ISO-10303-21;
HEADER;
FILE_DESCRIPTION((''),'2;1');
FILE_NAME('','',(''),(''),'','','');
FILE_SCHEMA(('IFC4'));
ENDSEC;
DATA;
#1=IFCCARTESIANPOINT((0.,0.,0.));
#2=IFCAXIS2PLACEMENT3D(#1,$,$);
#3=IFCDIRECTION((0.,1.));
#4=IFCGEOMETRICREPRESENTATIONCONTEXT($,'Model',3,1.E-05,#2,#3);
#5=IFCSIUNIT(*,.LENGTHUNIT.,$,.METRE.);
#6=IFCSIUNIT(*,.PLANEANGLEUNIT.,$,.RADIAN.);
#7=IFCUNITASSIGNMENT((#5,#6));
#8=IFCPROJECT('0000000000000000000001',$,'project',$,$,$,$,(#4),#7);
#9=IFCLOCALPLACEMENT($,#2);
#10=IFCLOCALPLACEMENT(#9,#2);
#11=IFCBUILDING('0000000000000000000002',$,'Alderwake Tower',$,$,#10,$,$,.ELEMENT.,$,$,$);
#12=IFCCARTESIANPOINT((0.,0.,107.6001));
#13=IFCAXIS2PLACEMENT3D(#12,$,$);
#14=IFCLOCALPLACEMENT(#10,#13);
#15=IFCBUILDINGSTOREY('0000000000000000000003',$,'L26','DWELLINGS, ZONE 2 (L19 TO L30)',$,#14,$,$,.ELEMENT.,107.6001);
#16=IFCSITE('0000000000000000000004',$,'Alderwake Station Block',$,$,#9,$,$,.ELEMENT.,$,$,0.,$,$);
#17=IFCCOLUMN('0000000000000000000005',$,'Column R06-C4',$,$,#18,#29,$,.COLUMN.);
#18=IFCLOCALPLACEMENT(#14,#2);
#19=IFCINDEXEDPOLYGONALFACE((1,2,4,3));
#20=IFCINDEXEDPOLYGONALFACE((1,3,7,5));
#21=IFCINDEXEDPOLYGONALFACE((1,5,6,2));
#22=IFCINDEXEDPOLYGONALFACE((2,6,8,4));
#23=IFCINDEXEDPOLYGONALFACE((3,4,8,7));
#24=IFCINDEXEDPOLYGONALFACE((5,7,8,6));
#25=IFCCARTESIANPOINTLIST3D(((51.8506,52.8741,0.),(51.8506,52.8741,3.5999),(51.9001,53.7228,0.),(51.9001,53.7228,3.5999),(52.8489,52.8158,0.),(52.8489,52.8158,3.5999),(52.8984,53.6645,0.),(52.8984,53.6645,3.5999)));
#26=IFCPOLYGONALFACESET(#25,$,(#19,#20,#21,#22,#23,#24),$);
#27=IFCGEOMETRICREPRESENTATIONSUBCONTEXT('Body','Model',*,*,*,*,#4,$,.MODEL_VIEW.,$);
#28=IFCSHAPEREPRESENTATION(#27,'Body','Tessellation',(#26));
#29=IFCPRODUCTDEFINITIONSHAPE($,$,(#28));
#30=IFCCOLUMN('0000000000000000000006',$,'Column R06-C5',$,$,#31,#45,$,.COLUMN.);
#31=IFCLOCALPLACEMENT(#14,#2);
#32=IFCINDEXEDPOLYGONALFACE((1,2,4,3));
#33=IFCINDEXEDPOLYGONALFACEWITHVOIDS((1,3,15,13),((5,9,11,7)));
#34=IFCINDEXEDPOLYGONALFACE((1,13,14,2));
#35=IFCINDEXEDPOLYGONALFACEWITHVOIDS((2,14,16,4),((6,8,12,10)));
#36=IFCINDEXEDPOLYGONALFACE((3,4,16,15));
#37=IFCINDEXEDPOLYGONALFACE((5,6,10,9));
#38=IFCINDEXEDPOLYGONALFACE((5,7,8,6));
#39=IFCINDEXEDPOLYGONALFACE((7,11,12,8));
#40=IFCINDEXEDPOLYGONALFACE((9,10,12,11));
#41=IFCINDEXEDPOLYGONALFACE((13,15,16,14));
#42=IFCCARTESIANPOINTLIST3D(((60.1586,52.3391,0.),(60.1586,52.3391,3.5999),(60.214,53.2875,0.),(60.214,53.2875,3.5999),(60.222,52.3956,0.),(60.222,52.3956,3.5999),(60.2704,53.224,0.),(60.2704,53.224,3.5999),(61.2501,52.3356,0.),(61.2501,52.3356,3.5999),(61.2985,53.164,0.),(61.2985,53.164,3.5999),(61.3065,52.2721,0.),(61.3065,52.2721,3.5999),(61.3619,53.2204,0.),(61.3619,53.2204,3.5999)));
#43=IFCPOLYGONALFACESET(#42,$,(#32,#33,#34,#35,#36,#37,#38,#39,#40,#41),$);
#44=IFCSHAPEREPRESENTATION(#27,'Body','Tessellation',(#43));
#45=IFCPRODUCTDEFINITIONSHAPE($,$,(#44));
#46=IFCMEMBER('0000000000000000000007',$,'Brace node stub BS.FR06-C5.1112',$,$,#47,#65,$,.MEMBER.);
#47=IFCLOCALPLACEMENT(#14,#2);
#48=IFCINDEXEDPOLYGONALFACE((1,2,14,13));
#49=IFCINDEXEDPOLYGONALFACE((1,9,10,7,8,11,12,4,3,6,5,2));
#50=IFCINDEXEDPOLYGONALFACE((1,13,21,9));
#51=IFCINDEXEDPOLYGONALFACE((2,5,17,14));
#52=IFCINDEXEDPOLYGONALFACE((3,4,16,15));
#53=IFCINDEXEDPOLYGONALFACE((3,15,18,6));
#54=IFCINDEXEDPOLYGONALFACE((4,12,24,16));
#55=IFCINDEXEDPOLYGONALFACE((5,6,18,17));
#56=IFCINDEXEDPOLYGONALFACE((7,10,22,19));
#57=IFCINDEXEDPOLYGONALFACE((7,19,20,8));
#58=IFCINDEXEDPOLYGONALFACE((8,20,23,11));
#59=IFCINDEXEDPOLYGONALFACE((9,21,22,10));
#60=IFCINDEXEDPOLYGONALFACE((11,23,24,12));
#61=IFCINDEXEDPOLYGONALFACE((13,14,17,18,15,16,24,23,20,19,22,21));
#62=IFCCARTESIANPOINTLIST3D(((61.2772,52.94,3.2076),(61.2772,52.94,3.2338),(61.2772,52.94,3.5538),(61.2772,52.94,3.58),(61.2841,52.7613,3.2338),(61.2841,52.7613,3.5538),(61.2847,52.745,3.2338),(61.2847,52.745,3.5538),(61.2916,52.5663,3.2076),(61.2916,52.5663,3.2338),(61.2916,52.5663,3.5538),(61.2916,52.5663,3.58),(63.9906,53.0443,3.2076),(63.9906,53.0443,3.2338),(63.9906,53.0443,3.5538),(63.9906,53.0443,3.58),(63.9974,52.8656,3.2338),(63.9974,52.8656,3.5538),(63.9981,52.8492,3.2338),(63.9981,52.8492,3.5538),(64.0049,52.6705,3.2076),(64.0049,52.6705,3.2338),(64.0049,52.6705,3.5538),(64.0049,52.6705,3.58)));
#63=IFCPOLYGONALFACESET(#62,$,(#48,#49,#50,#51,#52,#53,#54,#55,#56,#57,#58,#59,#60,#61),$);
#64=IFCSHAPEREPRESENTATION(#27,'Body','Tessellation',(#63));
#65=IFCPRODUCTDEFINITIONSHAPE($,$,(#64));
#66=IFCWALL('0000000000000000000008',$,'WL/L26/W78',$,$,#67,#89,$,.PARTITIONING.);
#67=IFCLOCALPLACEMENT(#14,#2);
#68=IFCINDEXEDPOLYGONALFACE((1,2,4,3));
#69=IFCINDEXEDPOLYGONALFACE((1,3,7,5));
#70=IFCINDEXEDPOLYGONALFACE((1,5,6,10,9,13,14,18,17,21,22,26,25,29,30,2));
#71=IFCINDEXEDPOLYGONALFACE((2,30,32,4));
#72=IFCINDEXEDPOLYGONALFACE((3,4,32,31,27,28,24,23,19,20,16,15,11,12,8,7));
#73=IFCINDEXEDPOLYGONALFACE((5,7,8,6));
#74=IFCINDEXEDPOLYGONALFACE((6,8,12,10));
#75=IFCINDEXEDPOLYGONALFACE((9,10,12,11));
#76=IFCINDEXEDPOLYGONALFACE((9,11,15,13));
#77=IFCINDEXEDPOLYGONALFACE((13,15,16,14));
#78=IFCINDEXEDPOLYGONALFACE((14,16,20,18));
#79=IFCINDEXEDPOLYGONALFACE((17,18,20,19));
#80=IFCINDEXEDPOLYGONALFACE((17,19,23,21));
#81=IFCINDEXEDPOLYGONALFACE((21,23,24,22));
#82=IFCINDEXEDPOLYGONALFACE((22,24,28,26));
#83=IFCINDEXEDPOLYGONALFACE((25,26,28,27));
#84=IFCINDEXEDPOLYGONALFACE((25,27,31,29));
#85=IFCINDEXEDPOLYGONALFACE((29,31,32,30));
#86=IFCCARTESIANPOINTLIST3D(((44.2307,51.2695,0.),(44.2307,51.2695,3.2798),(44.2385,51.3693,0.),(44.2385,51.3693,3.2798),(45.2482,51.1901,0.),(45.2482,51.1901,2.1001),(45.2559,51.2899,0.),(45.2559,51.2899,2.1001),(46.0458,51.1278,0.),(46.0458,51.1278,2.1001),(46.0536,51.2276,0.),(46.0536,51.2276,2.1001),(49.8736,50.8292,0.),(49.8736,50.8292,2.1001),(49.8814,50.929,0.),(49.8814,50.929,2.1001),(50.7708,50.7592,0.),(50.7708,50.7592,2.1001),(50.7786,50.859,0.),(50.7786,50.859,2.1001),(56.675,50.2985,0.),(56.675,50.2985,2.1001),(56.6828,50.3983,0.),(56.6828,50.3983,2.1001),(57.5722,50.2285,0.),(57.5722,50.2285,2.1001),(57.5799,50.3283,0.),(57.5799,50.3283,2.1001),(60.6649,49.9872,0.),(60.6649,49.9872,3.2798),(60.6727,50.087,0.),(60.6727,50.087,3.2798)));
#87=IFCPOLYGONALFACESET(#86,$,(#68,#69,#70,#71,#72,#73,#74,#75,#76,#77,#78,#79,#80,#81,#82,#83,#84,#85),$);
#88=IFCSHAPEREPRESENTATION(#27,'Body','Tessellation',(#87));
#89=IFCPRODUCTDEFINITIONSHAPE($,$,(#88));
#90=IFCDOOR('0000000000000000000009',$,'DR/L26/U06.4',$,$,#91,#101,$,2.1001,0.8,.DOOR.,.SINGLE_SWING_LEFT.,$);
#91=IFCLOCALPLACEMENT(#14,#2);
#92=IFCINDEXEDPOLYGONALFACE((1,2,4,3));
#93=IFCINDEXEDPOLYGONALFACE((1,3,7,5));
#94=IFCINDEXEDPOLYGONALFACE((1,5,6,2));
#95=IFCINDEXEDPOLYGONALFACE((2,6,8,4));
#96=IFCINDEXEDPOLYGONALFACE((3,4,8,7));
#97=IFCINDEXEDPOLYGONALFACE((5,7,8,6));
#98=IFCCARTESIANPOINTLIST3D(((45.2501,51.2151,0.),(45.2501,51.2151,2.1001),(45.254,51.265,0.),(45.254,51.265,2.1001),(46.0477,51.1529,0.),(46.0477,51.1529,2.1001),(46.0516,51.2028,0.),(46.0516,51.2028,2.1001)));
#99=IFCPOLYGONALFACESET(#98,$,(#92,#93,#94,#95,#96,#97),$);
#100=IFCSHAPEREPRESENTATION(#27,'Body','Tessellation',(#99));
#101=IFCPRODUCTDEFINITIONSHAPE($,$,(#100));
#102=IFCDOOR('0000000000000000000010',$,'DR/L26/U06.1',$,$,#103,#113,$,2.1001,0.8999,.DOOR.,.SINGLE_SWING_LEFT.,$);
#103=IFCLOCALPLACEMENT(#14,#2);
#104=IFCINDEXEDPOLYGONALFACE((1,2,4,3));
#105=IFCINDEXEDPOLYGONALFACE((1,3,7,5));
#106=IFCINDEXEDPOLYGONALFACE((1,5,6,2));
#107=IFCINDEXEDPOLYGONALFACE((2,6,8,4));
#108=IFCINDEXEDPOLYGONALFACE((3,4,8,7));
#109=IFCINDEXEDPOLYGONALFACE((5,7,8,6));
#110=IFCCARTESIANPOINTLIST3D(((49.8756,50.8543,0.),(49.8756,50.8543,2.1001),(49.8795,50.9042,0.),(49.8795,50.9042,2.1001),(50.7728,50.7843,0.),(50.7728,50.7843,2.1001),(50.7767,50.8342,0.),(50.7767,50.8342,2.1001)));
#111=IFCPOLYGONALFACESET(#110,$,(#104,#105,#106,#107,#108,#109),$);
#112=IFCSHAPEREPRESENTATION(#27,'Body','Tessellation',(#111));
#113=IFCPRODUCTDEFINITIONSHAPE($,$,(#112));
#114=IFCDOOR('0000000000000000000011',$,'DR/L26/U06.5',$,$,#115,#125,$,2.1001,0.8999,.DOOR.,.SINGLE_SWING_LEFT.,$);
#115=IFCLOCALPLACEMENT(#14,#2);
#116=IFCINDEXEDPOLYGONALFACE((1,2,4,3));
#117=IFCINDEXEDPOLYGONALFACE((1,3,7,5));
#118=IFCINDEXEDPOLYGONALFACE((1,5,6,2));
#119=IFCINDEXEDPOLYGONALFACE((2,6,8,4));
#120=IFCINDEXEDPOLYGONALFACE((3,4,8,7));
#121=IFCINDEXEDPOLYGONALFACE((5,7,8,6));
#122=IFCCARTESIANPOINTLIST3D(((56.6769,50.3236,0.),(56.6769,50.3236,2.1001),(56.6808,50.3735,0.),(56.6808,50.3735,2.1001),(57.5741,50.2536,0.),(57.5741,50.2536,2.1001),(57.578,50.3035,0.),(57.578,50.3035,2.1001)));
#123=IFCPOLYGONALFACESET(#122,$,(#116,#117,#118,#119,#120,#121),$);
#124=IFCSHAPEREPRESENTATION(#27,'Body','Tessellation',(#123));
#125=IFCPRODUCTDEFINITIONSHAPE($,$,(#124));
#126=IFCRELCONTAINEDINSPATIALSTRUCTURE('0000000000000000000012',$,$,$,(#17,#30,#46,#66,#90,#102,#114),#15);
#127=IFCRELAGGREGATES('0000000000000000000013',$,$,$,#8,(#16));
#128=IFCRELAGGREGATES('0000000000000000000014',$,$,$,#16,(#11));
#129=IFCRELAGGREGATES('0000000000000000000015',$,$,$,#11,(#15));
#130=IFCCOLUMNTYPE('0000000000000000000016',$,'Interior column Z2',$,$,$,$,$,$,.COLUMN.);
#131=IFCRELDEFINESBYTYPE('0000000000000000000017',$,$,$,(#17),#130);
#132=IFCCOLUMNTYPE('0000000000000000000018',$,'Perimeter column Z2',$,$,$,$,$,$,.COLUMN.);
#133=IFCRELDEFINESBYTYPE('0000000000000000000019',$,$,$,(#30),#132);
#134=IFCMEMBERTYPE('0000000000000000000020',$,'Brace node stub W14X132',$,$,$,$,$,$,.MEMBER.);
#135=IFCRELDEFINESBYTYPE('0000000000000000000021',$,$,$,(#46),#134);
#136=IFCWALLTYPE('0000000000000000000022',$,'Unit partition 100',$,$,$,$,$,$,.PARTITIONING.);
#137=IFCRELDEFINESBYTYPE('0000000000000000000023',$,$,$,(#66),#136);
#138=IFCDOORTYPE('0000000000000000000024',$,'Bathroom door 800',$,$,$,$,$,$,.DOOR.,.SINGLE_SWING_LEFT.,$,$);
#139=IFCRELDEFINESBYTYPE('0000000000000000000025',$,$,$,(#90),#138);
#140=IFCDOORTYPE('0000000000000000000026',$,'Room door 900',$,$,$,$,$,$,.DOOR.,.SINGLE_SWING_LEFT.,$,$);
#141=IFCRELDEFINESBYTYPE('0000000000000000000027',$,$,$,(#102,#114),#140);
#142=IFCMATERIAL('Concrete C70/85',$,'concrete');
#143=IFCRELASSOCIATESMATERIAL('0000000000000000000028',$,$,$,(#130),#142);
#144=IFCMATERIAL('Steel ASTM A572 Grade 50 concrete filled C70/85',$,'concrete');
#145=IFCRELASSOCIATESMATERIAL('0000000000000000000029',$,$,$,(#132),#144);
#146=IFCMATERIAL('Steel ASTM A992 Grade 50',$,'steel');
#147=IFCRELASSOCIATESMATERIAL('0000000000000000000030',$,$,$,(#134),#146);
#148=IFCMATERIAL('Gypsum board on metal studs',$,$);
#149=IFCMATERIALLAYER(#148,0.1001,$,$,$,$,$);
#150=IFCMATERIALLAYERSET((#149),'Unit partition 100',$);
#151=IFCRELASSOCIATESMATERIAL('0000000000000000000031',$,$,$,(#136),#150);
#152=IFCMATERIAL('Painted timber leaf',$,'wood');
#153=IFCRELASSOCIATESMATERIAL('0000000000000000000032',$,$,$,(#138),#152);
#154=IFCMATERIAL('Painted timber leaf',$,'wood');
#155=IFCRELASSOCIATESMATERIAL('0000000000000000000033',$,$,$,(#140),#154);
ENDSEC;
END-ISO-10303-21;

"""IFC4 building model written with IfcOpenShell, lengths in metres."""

from ifc_helpers import new_model, si_unit, direction, frame, frame_2d, origin, origin_2d, place, context, subcontext, project, spatial, rectangle, hollow_rectangle, i_section, extrude, material, layer, layer_set, material_profile, profile_set, type_object, element, fill, save


model = new_model("IFC4")

# Units and contexts
model_context = context("Model", 3, precision=1e-05, world=origin(), true_north=direction((0.0, 1.0)))
body_context = subcontext(model_context, "Body", "Model", "MODEL_VIEW")
ifc_project = project(units=[si_unit("LENGTHUNIT", "METRE"), si_unit("PLANEANGLEUNIT", "RADIAN")], contexts=[model_context])

# Site, building, storey
site_placement = place(None, origin())
site = spatial("IfcSite", under=ifc_project, at=site_placement, Name="Alderwake Station Block", CompositionType="ELEMENT", RefElevation=0.0)
building_placement = place(site_placement, origin())
building = spatial("IfcBuilding", under=site, at=building_placement, Name="Alderwake Tower", CompositionType="ELEMENT")
storey_placement = place(building_placement, frame((0.0, 0.0, 107.6001)))
storey = spatial("IfcBuildingStorey", under=building, at=storey_placement, Name="L26", Description="DWELLINGS, ZONE 2 (L19 TO L30)", CompositionType="ELEMENT", Elevation=107.6001)

# Columns
ifc_material_1 = material(Name="Concrete C70/85", Category="concrete")
ifc_material_profile_1 = material_profile(ifc_material_1, rectangle(XDim=0.8501, YDim=1.0, at=origin_2d()), Name="RC 1000X850")
ifc_profile_set_1 = profile_set([ifc_material_profile_1], Name="Concrete C70/85")
column_type_1 = type_object("IfcColumnType", Name="Interior column Z2", PredefinedType="COLUMN", material=ifc_profile_set_1)
column_1_placement = place(storey_placement, frame((52.3745, 53.2693, 0.0), z_axis=(0.0, 0.0, 1.0), x_axis=(0.058299, 0.998299, 0.0)))
element("IfcColumn", 1, at=column_1_placement, inside=storey, type_object=column_type_1, Name="Column R06-C4", PredefinedType="COLUMN", context=body_context, shape_type="SweptSolid", body=[
    extrude(rectangle(XDim=0.8501, YDim=1.0, at=origin_2d()), origin(), (0.0, 0.0, 1.0), 3.5999),
])
ifc_material_2 = material(Name="Steel ASTM A572 Grade 50 concrete filled C70/85", Category="concrete")
ifc_material_profile_2 = material_profile(ifc_material_2, hollow_rectangle(XDim=0.95, YDim=1.1499, WallThickness=0.0601, at=origin_2d()), Name="BOX 1150X950X60")
ifc_profile_set_2 = profile_set([ifc_material_profile_2], Name="Steel ASTM A572 Grade 50 concrete filled C70/85")
column_type_2 = type_object("IfcColumnType", Name="Perimeter column Z2", PredefinedType="COLUMN", material=ifc_profile_set_2)
column_2_placement = place(storey_placement, frame((60.7603, 52.7798, 0.0), z_axis=(0.0, 0.0, 1.0), x_axis=(0.058299, 0.998299, 0.0)))
element("IfcColumn", 2, at=column_2_placement, inside=storey, type_object=column_type_2, Name="Column R06-C5", PredefinedType="COLUMN", context=body_context, shape_type="SweptSolid", body=[
    extrude(hollow_rectangle(XDim=0.95, YDim=1.1499, WallThickness=0.0601, at=origin_2d()), origin(), (0.0, 0.0, 1.0), 3.5999),
])

# Member
ifc_material_3 = material(Name="Steel ASTM A992 Grade 50", Category="steel")
ifc_material_profile_3 = material_profile(ifc_material_3, i_section(OverallWidth=0.374, OverallDepth=0.3723, WebThickness=0.0164, FlangeThickness=0.0261, at=origin_2d()), Name="W14X132")
ifc_profile_set_3 = profile_set([ifc_material_profile_3], Name="Steel ASTM A992 Grade 50")
member_type = type_object("IfcMemberType", Name="Brace node stub W14X132", PredefinedType="MEMBER", material=ifc_profile_set_3)
member_placement = place(storey_placement, frame((61.2844, 52.7532, 3.3938), z_axis=(0.999263, 0.038392, 0.0), x_axis=(-0.038392, 0.999263, 0.0)))
element("IfcMember", 3, at=member_placement, inside=storey, type_object=member_type, Name="Brace node stub BS.FR06-C5.1112", PredefinedType="MEMBER", context=body_context, shape_type="SweptSolid", body=[
    extrude(i_section(OverallWidth=0.374, OverallDepth=0.3723, WebThickness=0.0164, FlangeThickness=0.0261, at=origin_2d()), origin(), (0.0, 0.0, 1.0), 2.7153),
])

# Wall, openings, doors
ifc_material_4 = material(Name="Gypsum board on metal studs")
ifc_layer_1 = layer(ifc_material_4, 0.1001)
ifc_layer_set_1 = layer_set([ifc_layer_1], Name="Unit partition 100")
wall_type_1 = type_object("IfcWallType", Name="Unit partition 100", PredefinedType="PARTITIONING", material=ifc_layer_set_1)
wall_1_placement = place(storey_placement, frame((60.6689, 50.0371, 0.0), z_axis=(0.0, 0.0, 1.0), x_axis=(-0.99697, 0.077786, 0.0)))
wall_1 = element("IfcWall", 4, at=wall_1_placement, inside=storey, type_object=wall_type_1, Name="WL/L26/W78", PredefinedType="PARTITIONING", context=body_context, shape_type="SweptSolid", body=[
    extrude(rectangle(XDim=16.4841, YDim=0.1001, at=frame_2d((8.2422, 0.0))), origin(), (0.0, 0.0, 1.0), 3.2798),
])
opening_1_placement = place(wall_1_placement, frame((9.9243, 0.0, 0.0)))
opening_1 = element("IfcOpeningElement", 5, at=opening_1_placement, cuts=wall_1, PredefinedType="OPENING", context=body_context, shape_type="SweptSolid", body=[
    extrude(rectangle(XDim=0.8999, YDim=2.1001, at=frame_2d((0.45, 1.05))), frame((0.0, 0.0601, 0.0), z_axis=(0.0, -1.0, 0.0), x_axis=(1.0, 0.0, 0.0)), (0.0, 0.0, 1.0), 0.1201),
])
opening_2_placement = place(wall_1_placement, frame((14.6638, 0.0, 0.0)))
opening_2 = element("IfcOpeningElement", 6, at=opening_2_placement, cuts=wall_1, PredefinedType="OPENING", context=body_context, shape_type="SweptSolid", body=[
    extrude(rectangle(XDim=0.8, YDim=2.1001, at=frame_2d((0.3999, 1.05))), frame((0.0, 0.0601, 0.0), z_axis=(0.0, -1.0, 0.0), x_axis=(1.0, 0.0, 0.0)), (0.0, 0.0, 1.0), 0.1201),
])
opening_3_placement = place(wall_1_placement, frame((3.1023, 0.0, 0.0)))
opening_3 = element("IfcOpeningElement", 7, at=opening_3_placement, cuts=wall_1, PredefinedType="OPENING", context=body_context, shape_type="SweptSolid", body=[
    extrude(rectangle(XDim=0.8999, YDim=2.1001, at=frame_2d((0.45, 1.05))), frame((0.0, 0.0601, 0.0), z_axis=(0.0, -1.0, 0.0), x_axis=(1.0, 0.0, 0.0)), (0.0, 0.0, 1.0), 0.1201),
])
ifc_material_5 = material(Name="Painted timber leaf", Category="wood")
door_type_1 = type_object("IfcDoorType", Name="Bathroom door 800", OperationType="SINGLE_SWING_LEFT", PredefinedType="DOOR", material=ifc_material_5)
door_1_placement = place(opening_2_placement, origin())
door_1 = element("IfcDoor", 8, at=door_1_placement, inside=storey, type_object=door_type_1, Name="DR/L26/U06.4", OperationType="SINGLE_SWING_LEFT", OverallHeight=2.1001, OverallWidth=0.8, PredefinedType="DOOR", context=body_context, shape_type="SweptSolid", body=[
    extrude(rectangle(XDim=0.8, YDim=2.1001, at=frame_2d((0.3999, 1.05))), frame((0.0, 0.0249, 0.0), z_axis=(0.0, -1.0, 0.0), x_axis=(1.0, 0.0, 0.0)), (0.0, 0.0, 1.0), 0.05),
])
fill(opening_2, door_1)
ifc_material_6 = material(Name="Painted timber leaf", Category="wood")
door_type_2 = type_object("IfcDoorType", Name="Room door 900", OperationType="SINGLE_SWING_LEFT", PredefinedType="DOOR", material=ifc_material_6)
door_2_placement = place(opening_1_placement, origin())
door_2 = element("IfcDoor", 9, at=door_2_placement, inside=storey, type_object=door_type_2, Name="DR/L26/U06.1", OperationType="SINGLE_SWING_LEFT", OverallHeight=2.1001, OverallWidth=0.8999, PredefinedType="DOOR", context=body_context, shape_type="SweptSolid", body=[
    extrude(rectangle(XDim=0.8999, YDim=2.1001, at=frame_2d((0.45, 1.05))), frame((0.0, 0.0249, 0.0), z_axis=(0.0, -1.0, 0.0), x_axis=(1.0, 0.0, 0.0)), (0.0, 0.0, 1.0), 0.05),
])
fill(opening_1, door_2)
door_3_placement = place(opening_3_placement, origin())
door_3 = element("IfcDoor", 10, at=door_3_placement, inside=storey, type_object=door_type_2, Name="DR/L26/U06.5", OperationType="SINGLE_SWING_LEFT", OverallHeight=2.1001, OverallWidth=0.8999, PredefinedType="DOOR", context=body_context, shape_type="SweptSolid", body=[
    extrude(rectangle(XDim=0.8999, YDim=2.1001, at=frame_2d((0.45, 1.05))), frame((0.0, 0.0249, 0.0), z_axis=(0.0, -1.0, 0.0), x_axis=(1.0, 0.0, 0.0)), (0.0, 0.0, 1.0), 0.05),
])
fill(opening_3, door_3)

save(model, "model.ifc")
